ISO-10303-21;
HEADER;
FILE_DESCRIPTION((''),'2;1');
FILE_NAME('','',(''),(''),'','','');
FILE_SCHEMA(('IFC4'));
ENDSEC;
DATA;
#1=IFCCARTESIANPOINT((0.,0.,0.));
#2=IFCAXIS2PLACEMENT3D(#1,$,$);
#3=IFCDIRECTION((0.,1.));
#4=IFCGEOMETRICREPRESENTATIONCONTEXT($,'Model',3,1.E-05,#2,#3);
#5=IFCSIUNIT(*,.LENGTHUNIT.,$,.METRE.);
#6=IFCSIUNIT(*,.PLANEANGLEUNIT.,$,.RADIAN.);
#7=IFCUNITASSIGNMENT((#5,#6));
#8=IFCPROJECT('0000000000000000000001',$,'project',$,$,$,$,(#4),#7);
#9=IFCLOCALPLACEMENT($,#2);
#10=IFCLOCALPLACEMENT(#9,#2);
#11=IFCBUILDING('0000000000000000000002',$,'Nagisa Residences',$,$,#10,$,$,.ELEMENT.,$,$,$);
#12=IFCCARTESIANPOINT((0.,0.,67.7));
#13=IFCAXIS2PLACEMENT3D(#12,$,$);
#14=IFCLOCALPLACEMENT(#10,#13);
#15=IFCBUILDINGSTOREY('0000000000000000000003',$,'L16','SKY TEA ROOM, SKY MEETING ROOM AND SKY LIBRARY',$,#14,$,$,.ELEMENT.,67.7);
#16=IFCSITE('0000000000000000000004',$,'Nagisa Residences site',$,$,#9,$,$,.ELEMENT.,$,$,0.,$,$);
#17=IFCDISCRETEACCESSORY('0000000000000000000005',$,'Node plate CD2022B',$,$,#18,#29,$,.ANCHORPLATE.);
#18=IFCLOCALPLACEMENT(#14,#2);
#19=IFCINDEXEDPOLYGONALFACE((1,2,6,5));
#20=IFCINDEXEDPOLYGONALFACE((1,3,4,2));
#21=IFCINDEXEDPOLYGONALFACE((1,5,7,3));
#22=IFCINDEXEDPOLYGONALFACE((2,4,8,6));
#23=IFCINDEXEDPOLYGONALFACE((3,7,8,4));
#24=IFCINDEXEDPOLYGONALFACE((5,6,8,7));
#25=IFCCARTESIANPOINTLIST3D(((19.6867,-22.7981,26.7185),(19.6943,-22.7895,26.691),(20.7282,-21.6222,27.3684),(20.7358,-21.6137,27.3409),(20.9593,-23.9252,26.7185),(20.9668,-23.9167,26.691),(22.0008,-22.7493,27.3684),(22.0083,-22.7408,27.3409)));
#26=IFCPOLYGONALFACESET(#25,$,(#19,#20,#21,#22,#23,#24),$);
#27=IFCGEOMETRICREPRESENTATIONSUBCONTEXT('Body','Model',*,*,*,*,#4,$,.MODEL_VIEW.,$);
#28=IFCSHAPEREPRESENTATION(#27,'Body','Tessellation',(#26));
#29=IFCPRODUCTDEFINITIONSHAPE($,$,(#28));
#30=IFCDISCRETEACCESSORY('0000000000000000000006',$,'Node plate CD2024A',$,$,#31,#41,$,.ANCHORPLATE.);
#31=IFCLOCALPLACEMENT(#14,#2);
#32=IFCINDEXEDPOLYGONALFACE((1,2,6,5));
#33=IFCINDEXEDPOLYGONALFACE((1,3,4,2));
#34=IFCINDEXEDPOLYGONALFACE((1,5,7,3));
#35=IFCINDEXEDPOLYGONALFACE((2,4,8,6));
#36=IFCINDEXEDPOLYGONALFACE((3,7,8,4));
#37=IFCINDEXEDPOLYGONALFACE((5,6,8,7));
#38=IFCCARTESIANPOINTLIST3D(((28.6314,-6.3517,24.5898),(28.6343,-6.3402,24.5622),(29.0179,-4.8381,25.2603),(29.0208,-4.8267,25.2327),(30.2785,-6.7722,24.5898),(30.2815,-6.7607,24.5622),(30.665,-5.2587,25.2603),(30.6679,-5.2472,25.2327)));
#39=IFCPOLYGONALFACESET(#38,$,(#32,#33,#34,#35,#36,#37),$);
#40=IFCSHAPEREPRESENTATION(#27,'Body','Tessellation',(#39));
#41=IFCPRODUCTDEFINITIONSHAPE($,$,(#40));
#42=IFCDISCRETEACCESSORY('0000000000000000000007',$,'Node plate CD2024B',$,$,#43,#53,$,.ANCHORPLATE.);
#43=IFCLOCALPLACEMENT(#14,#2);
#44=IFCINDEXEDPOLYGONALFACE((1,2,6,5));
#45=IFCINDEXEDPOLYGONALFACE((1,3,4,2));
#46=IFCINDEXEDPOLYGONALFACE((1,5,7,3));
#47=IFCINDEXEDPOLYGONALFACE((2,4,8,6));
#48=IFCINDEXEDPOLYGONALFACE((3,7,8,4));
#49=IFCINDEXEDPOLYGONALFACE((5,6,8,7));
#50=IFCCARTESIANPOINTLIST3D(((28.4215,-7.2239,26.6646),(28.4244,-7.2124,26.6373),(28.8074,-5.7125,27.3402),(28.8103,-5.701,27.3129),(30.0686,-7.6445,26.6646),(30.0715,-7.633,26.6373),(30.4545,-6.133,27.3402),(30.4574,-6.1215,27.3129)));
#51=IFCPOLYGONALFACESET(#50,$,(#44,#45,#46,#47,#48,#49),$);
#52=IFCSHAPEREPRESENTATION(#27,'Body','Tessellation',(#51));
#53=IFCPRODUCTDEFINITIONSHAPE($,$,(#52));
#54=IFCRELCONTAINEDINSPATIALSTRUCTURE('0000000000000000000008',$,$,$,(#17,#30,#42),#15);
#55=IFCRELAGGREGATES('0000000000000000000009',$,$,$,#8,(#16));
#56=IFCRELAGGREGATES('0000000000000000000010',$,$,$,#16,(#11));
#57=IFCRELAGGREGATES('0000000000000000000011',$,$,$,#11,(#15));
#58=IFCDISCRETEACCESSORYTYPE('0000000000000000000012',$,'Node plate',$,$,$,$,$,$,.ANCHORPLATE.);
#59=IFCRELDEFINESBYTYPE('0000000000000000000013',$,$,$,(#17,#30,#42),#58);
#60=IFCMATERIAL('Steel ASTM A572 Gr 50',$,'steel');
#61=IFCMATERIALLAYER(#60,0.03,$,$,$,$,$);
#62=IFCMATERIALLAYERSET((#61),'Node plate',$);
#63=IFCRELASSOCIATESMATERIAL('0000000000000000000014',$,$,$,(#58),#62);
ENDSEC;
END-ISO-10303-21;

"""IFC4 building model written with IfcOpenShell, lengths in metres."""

from ifc_helpers import new_model, si_unit, direction, frame, origin, origin_2d, place, context, subcontext, project, spatial, rectangle, extrude, material, layer, layer_set, type_object, element, save


model = new_model("IFC4")

# Units and contexts
model_context = context("Model", 3, precision=1e-05, world=origin(), true_north=direction((0.0, 1.0)))
body_context = subcontext(model_context, "Body", "Model", "MODEL_VIEW")
ifc_project = project(units=[si_unit("LENGTHUNIT", "METRE"), si_unit("PLANEANGLEUNIT", "RADIAN")], contexts=[model_context])

# Site, building, storey
site_placement = place(None, origin())
site = spatial("IfcSite", under=ifc_project, at=site_placement, Name="Nagisa Residences site", CompositionType="ELEMENT", RefElevation=0.0)
building_placement = place(site_placement, origin())
building = spatial("IfcBuilding", under=site, at=building_placement, Name="Nagisa Residences", CompositionType="ELEMENT")
storey_placement = place(building_placement, frame((0.0, 0.0, 67.7)))
storey = spatial("IfcBuildingStorey", under=building, at=storey_placement, Name="L16", Description="SKY TEA ROOM, SKY MEETING ROOM AND SKY LIBRARY", CompositionType="ELEMENT", Elevation=67.7)

# Discrete accessories
ifc_material_1 = material(Name="Steel ASTM A572 Gr 50", Category="steel")
ifc_layer = layer(ifc_material_1, 0.03)
ifc_layer_set = layer_set([ifc_layer], Name="Node plate")
discrete_accessory_type = type_object("IfcDiscreteAccessoryType", Name="Node plate", PredefinedType="ANCHORPLATE", material=ifc_layer_set)
discrete_accessory_1_placement = place(storey_placement, frame((20.8438, -22.7737, 27.0435), z_axis=(0.253494, 0.286203, -0.924028), x_axis=(-0.748588, 0.663035, 0.0)))
element("IfcDiscreteAccessory", 1, at=discrete_accessory_1_placement, inside=storey, type_object=discrete_accessory_type, Name="Node plate CD2022B", PredefinedType="ANCHORPLATE", context=body_context, shape_type="SweptSolid", body=[
    extrude(rectangle(XDim=1.7, YDim=1.7, at=origin_2d()), origin(), (0.0, 0.0, 1.0), 0.0298),
])
discrete_accessory_2_placement = place(storey_placement, frame((29.6511, -5.7937, 24.8975), z_axis=(-0.097584, -0.382202, 0.918912), x_axis=(0.968918, -0.247383, 0.0)))
element("IfcDiscreteAccessory", 2, at=discrete_accessory_2_placement, inside=storey, type_object=discrete_accessory_type, Name="Node plate CD2024A", PredefinedType="ANCHORPLATE", context=body_context, shape_type="SweptSolid", body=[
    extrude(rectangle(XDim=1.7, YDim=1.7, at=origin_2d()), origin(), (0.0, 0.0, 1.0), 0.03),
])
discrete_accessory_3_placement = place(storey_placement, frame((29.438, -6.6785, 27.0024), z_axis=(0.098318, 0.385078, -0.917632), x_axis=(-0.968918, 0.247383, 0.0)))
element("IfcDiscreteAccessory", 3, at=discrete_accessory_3_placement, inside=storey, type_object=discrete_accessory_type, Name="Node plate CD2024B", PredefinedType="ANCHORPLATE", context=body_context, shape_type="SweptSolid", body=[
    extrude(rectangle(XDim=1.7, YDim=1.7, at=origin_2d()), origin(), (0.0, 0.0, 1.0), 0.0298),
])

save(model, "model.ifc")
